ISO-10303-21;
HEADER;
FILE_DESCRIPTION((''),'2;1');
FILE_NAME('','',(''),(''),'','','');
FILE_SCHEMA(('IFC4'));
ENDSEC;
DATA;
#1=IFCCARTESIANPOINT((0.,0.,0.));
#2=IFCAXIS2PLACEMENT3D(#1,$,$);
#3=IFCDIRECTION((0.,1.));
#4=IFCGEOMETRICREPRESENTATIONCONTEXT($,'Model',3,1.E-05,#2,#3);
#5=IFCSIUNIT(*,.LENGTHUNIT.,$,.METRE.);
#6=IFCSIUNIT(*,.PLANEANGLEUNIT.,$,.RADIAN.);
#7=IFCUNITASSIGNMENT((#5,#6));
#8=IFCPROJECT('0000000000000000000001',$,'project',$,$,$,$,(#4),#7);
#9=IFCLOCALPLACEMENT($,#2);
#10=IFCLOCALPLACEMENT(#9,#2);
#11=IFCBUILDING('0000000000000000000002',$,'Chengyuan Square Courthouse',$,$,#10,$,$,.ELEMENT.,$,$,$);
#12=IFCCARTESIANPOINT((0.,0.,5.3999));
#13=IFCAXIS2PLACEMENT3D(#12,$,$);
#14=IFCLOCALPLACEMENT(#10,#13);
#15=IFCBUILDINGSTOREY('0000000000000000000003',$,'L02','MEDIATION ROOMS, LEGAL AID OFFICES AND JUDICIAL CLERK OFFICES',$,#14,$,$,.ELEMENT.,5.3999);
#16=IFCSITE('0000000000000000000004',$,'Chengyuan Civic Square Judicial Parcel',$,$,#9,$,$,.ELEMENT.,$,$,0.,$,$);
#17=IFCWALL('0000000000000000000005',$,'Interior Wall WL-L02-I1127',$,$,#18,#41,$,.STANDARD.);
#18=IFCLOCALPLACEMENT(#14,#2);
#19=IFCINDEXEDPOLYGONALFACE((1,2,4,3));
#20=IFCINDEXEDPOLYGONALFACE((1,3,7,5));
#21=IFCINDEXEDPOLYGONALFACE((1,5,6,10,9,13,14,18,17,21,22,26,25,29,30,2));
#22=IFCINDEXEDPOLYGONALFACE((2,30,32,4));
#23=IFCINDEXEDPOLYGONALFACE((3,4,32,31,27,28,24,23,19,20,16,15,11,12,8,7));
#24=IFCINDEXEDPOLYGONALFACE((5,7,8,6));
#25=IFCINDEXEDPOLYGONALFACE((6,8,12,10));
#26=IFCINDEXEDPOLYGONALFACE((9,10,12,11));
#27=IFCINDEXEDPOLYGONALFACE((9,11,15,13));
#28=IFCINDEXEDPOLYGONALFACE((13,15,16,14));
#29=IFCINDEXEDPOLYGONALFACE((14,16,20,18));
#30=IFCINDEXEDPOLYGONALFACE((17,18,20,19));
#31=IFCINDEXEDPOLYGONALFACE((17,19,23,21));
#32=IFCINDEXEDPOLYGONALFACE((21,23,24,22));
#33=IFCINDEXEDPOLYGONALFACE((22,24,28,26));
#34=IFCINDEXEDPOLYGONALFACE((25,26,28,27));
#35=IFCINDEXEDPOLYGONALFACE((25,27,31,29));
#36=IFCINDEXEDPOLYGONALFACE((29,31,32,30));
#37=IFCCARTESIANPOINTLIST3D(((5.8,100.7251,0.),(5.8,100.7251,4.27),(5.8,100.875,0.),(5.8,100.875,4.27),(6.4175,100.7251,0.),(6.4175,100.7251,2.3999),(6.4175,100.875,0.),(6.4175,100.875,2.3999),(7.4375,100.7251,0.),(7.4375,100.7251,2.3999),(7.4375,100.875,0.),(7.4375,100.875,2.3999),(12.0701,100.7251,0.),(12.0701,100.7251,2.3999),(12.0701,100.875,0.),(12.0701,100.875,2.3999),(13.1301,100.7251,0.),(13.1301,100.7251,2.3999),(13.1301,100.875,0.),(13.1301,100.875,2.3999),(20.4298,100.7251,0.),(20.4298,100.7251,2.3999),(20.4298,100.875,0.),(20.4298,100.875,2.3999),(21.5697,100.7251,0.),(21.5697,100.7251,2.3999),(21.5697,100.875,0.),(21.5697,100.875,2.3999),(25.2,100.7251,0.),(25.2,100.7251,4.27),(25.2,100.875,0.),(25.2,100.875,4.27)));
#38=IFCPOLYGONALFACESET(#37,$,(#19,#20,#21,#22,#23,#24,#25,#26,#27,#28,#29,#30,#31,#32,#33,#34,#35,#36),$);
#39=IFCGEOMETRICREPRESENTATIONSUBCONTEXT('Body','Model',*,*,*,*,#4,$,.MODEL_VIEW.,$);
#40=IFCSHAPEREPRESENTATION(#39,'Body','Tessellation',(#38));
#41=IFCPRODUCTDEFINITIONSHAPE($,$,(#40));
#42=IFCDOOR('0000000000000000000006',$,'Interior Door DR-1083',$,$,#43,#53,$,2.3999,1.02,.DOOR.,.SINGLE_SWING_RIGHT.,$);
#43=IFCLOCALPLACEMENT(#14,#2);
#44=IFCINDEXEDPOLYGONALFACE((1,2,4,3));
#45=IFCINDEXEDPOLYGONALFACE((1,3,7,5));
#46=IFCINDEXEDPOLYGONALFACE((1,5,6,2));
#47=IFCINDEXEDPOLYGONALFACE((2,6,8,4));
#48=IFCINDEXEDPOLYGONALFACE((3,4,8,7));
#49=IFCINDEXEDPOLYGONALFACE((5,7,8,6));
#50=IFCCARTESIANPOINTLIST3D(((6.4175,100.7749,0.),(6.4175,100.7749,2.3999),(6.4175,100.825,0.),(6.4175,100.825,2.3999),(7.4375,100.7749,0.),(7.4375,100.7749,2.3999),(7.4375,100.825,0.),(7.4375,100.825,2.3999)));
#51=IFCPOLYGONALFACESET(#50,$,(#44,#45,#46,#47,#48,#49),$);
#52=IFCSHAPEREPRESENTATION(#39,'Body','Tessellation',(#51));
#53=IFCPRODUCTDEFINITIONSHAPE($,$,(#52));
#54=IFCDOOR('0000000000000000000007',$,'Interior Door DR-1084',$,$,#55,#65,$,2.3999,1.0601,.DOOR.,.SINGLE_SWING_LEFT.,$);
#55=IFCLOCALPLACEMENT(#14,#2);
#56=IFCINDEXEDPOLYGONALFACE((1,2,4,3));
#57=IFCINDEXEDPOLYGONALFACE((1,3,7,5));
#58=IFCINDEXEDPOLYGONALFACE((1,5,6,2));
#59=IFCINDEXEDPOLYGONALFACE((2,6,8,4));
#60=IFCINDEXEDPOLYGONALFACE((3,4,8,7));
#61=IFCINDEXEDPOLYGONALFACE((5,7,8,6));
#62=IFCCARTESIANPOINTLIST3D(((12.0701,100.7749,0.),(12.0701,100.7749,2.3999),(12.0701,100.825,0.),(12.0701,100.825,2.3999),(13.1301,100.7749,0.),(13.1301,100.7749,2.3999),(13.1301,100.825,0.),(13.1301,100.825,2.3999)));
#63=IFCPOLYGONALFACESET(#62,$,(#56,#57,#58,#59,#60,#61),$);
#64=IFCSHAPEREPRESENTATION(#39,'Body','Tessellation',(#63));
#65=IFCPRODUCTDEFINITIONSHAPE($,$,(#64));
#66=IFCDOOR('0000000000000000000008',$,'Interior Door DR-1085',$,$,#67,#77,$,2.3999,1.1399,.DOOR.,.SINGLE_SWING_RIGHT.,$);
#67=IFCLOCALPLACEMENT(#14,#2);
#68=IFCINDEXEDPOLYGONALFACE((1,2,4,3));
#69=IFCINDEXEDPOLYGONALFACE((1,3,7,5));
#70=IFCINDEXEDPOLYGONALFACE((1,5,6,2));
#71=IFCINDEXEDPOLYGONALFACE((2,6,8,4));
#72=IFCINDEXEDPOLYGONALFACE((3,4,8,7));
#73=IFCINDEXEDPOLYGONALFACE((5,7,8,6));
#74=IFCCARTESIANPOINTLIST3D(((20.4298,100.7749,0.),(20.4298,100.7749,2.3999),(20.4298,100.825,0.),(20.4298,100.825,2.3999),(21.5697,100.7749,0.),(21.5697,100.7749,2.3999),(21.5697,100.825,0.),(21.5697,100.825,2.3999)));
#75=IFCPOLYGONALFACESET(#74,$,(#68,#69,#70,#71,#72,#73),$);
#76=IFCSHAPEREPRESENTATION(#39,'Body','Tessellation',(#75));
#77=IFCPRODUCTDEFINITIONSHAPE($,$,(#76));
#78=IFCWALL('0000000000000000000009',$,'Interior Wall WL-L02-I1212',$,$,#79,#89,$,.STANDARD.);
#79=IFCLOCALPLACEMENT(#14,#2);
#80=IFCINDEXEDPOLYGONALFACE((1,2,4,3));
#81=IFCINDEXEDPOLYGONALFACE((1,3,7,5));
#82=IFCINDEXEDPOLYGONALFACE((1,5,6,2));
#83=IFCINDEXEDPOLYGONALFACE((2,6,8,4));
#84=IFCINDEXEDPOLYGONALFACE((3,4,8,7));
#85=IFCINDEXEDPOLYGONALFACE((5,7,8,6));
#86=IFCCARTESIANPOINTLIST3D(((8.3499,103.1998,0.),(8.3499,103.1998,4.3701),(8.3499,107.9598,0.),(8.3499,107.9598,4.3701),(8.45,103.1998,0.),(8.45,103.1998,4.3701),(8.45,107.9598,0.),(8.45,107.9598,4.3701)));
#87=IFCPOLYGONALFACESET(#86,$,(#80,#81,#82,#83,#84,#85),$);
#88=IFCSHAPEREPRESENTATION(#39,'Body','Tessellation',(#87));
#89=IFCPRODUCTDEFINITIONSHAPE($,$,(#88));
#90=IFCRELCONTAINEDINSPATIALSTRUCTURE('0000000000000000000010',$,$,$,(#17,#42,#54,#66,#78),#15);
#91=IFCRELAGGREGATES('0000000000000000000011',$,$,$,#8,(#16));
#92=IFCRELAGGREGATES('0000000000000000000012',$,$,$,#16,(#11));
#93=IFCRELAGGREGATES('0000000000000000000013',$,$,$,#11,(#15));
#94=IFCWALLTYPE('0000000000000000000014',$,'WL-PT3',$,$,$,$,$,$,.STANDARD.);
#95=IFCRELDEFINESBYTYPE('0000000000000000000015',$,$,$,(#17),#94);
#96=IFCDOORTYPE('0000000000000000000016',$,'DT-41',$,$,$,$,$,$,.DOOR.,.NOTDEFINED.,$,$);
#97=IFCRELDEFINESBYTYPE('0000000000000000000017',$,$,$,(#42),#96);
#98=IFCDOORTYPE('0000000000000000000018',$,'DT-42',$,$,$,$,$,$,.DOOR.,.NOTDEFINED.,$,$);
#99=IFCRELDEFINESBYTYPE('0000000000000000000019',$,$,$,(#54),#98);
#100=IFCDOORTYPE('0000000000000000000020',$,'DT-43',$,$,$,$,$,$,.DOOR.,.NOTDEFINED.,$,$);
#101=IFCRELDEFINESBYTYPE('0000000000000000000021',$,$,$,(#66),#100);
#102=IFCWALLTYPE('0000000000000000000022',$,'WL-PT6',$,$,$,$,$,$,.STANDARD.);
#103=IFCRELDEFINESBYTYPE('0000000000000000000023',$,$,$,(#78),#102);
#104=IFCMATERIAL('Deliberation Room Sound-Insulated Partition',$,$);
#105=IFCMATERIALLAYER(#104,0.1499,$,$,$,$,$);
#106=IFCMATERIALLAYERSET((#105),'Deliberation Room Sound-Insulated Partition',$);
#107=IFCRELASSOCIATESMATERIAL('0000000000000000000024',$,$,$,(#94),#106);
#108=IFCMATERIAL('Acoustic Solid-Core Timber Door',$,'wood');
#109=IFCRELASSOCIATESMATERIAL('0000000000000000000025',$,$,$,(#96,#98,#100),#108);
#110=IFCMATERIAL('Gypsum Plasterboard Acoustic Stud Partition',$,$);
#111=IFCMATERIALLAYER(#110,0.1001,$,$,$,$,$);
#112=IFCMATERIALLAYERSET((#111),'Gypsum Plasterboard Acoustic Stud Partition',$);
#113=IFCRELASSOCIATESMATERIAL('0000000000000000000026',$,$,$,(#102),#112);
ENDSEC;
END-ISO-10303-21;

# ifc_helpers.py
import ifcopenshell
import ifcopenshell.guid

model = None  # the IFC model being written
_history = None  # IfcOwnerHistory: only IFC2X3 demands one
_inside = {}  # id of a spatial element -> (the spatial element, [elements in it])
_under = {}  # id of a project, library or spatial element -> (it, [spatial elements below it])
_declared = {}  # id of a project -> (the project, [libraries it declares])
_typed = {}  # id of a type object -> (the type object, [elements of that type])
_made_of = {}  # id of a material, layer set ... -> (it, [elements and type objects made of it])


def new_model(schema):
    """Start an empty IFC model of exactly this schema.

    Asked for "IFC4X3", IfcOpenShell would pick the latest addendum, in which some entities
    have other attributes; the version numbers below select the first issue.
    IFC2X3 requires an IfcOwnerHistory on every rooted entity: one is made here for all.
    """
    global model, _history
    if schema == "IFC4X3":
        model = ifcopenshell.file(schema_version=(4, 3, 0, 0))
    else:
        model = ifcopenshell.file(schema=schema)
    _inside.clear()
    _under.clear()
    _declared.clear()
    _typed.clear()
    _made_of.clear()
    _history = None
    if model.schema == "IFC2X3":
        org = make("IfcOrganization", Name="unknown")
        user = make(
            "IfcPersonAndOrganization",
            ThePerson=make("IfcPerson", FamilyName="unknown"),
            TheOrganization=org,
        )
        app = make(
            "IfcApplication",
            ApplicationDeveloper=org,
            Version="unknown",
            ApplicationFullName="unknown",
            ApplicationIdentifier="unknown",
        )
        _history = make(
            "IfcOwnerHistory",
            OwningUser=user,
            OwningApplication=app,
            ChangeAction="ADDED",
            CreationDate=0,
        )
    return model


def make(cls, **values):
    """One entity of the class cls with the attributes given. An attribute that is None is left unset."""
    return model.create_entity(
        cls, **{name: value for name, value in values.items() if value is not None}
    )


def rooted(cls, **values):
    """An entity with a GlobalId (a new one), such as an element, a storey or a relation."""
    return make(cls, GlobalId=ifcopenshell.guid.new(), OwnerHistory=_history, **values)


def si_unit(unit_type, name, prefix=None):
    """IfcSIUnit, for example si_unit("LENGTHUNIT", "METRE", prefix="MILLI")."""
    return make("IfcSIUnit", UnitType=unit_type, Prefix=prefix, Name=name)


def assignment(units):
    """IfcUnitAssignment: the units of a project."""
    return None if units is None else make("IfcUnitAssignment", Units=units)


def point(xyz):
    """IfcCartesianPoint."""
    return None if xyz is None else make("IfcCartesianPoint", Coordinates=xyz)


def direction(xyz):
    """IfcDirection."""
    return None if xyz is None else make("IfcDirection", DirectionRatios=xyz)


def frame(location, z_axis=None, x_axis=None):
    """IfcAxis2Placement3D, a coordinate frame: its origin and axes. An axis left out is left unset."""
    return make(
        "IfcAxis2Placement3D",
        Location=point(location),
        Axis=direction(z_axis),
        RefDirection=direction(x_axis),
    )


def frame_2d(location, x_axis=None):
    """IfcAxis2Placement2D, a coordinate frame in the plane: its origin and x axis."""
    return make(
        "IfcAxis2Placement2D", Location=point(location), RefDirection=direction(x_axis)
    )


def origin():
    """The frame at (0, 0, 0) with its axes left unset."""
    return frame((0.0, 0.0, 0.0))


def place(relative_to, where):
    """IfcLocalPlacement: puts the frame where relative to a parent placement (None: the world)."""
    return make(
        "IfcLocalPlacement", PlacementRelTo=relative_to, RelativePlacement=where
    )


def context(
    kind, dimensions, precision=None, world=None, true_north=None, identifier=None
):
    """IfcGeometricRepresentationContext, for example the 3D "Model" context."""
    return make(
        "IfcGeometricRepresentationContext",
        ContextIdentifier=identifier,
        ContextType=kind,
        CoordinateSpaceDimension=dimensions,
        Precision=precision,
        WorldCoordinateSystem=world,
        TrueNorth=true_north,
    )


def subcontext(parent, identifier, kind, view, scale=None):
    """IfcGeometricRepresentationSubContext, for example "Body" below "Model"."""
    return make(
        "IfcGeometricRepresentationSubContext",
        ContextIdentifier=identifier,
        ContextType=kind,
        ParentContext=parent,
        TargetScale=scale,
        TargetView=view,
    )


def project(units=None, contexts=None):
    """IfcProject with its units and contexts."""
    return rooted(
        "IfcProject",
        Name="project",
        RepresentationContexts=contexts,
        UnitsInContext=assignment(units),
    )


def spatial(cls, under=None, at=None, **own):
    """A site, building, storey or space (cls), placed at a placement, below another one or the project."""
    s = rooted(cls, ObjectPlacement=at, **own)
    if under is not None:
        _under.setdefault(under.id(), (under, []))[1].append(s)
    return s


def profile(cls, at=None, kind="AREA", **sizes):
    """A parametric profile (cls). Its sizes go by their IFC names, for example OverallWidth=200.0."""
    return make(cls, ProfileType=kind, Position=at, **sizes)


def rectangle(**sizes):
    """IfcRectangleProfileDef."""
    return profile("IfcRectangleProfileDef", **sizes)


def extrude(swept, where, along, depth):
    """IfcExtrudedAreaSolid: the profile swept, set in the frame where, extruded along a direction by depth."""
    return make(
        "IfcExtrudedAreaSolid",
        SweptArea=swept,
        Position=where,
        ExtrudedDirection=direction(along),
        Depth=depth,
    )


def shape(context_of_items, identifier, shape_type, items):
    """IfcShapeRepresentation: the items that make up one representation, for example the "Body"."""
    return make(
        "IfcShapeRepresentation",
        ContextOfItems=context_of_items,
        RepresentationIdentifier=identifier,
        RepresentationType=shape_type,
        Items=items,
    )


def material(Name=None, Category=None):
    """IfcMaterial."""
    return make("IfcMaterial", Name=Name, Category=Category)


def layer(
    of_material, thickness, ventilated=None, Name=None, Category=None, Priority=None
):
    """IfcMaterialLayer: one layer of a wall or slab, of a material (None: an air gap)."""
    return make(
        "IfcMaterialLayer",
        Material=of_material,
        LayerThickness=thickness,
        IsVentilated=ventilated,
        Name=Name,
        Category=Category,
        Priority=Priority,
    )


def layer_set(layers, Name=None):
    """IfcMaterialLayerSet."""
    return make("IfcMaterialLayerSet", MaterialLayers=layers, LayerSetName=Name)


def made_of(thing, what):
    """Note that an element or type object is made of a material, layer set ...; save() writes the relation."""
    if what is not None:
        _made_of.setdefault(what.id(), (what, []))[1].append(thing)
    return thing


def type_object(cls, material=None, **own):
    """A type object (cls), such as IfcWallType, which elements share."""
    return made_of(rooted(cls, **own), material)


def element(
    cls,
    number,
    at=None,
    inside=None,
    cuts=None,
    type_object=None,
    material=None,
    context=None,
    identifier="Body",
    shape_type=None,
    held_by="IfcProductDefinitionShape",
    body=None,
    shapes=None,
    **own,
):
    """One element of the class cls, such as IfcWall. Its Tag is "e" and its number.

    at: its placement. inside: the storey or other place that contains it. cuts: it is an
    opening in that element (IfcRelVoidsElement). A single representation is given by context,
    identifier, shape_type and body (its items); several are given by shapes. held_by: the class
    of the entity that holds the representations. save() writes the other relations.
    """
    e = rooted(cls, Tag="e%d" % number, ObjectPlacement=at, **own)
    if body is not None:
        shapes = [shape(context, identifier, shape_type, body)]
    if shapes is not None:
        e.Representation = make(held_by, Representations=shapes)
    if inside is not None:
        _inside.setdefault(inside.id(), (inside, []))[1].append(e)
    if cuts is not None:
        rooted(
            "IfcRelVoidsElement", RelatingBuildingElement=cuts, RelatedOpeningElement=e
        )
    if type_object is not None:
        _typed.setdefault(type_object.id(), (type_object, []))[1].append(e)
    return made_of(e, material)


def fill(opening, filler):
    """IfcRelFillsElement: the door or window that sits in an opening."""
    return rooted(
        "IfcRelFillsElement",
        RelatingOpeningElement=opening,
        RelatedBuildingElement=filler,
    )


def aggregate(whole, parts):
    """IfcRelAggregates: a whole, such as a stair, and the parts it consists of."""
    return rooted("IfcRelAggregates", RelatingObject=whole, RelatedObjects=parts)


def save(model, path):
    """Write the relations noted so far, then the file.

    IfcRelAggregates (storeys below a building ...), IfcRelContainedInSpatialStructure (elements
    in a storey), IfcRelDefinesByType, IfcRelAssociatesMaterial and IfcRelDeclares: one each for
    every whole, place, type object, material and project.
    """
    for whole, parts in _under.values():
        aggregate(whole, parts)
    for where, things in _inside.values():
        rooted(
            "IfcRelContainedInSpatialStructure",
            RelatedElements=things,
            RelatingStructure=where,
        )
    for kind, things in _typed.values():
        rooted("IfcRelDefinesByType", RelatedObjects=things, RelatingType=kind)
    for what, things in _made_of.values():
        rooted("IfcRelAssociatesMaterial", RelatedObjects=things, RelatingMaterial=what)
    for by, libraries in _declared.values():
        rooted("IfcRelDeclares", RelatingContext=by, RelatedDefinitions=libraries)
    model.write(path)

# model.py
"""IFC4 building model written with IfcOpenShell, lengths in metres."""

from ifc_helpers import new_model, si_unit, direction, frame, frame_2d, origin, place, context, subcontext, project, spatial, rectangle, extrude, material, layer, layer_set, type_object, element, fill, save


model = new_model("IFC4")

# Units and contexts
model_context = context("Model", 3, precision=1e-05, world=origin(), true_north=direction((0.0, 1.0)))
body_context = subcontext(model_context, "Body", "Model", "MODEL_VIEW")
ifc_project = project(units=[si_unit("LENGTHUNIT", "METRE"), si_unit("PLANEANGLEUNIT", "RADIAN")], contexts=[model_context])

# Site, building, storey
site_placement = place(None, origin())
site = spatial("IfcSite", under=ifc_project, at=site_placement, Name="Chengyuan Civic Square Judicial Parcel", CompositionType="ELEMENT", RefElevation=0.0)
building_placement = place(site_placement, origin())
building = spatial("IfcBuilding", under=site, at=building_placement, Name="Chengyuan Square Courthouse", CompositionType="ELEMENT")
storey_placement = place(building_placement, frame((0.0, 0.0, 5.3999)))
storey = spatial("IfcBuildingStorey", under=building, at=storey_placement, Name="L02", Description="MEDIATION ROOMS, LEGAL AID OFFICES AND JUDICIAL CLERK OFFICES", CompositionType="ELEMENT", Elevation=5.3999)

# Wall, openings, doors
ifc_material_1 = material(Name="Deliberation Room Sound-Insulated Partition")
ifc_layer_1 = layer(ifc_material_1, 0.1499)
ifc_layer_set_1 = layer_set([ifc_layer_1], Name="Deliberation Room Sound-Insulated Partition")
wall_type_1 = type_object("IfcWallType", Name="WL-PT3", PredefinedType="STANDARD", material=ifc_layer_set_1)
wall_1_placement = place(storey_placement, frame((5.8, 100.8, 0.0), z_axis=(0.0, 0.0, 1.0), x_axis=(1.0, 0.0, 0.0)))
wall_1 = element("IfcWall", 1, at=wall_1_placement, inside=storey, type_object=wall_type_1, Name="Interior Wall WL-L02-I1127", PredefinedType="STANDARD", context=body_context, shape_type="SweptSolid", body=[
    extrude(rectangle(XDim=19.3999, YDim=0.1499, at=frame_2d((9.7, 0.0))), origin(), (0.0, 0.0, 1.0), 4.27),
])
opening_1_placement = place(wall_1_placement, frame((0.6174, 0.0, 0.0)))
opening_1 = element("IfcOpeningElement", 2, at=opening_1_placement, cuts=wall_1, PredefinedType="OPENING", context=body_context, shape_type="SweptSolid", body=[
    extrude(rectangle(XDim=1.02, YDim=2.3999, at=frame_2d((0.51, 1.2))), frame((0.0, 0.0869, 0.0), z_axis=(0.0, -1.0, 0.0), x_axis=(1.0, 0.0, 0.0)), (0.0, 0.0, 1.0), 0.1738),
])
opening_2_placement = place(wall_1_placement, frame((6.27, 0.0, 0.0)))
opening_2 = element("IfcOpeningElement", 3, at=opening_2_placement, cuts=wall_1, PredefinedType="OPENING", context=body_context, shape_type="SweptSolid", body=[
    extrude(rectangle(XDim=1.0601, YDim=2.3999, at=frame_2d((0.53, 1.2))), frame((0.0, 0.0869, 0.0), z_axis=(0.0, -1.0, 0.0), x_axis=(1.0, 0.0, 0.0)), (0.0, 0.0, 1.0), 0.1738),
])
opening_3_placement = place(wall_1_placement, frame((14.6299, 0.0, 0.0)))
opening_3 = element("IfcOpeningElement", 4, at=opening_3_placement, cuts=wall_1, PredefinedType="OPENING", context=body_context, shape_type="SweptSolid", body=[
    extrude(rectangle(XDim=1.1399, YDim=2.3999, at=frame_2d((0.5698, 1.2))), frame((0.0, 0.0869, 0.0), z_axis=(0.0, -1.0, 0.0), x_axis=(1.0, 0.0, 0.0)), (0.0, 0.0, 1.0), 0.1738),
])
ifc_material_2 = material(Name="Acoustic Solid-Core Timber Door", Category="wood")
door_type_1 = type_object("IfcDoorType", Name="DT-41", OperationType="NOTDEFINED", PredefinedType="DOOR", material=ifc_material_2)
door_1_placement = place(opening_1_placement, origin())
door_1 = element("IfcDoor", 5, at=door_1_placement, inside=storey, type_object=door_type_1, Name="Interior Door DR-1083", OperationType="SINGLE_SWING_RIGHT", OverallHeight=2.3999, OverallWidth=1.02, PredefinedType="DOOR", context=body_context, shape_type="SweptSolid", body=[
    extrude(rectangle(XDim=1.02, YDim=2.3999, at=frame_2d((0.51, 1.2))), frame((0.0, 0.0249, 0.0), z_axis=(0.0, -1.0, 0.0), x_axis=(1.0, 0.0, 0.0)), (0.0, 0.0, 1.0), 0.05),
])
fill(opening_1, door_1)
door_type_2 = type_object("IfcDoorType", Name="DT-42", OperationType="NOTDEFINED", PredefinedType="DOOR", material=ifc_material_2)
door_2_placement = place(opening_2_placement, origin())
door_2 = element("IfcDoor", 6, at=door_2_placement, inside=storey, type_object=door_type_2, Name="Interior Door DR-1084", OperationType="SINGLE_SWING_LEFT", OverallHeight=2.3999, OverallWidth=1.0601, PredefinedType="DOOR", context=body_context, shape_type="SweptSolid", body=[
    extrude(rectangle(XDim=1.0601, YDim=2.3999, at=frame_2d((0.53, 1.2))), frame((0.0, 0.0249, 0.0), z_axis=(0.0, -1.0, 0.0), x_axis=(1.0, 0.0, 0.0)), (0.0, 0.0, 1.0), 0.05),
])
fill(opening_2, door_2)
door_type_3 = type_object("IfcDoorType", Name="DT-43", OperationType="NOTDEFINED", PredefinedType="DOOR", material=ifc_material_2)
door_3_placement = place(opening_3_placement, origin())
door_3 = element("IfcDoor", 7, at=door_3_placement, inside=storey, type_object=door_type_3, Name="Interior Door DR-1085", OperationType="SINGLE_SWING_RIGHT", OverallHeight=2.3999, OverallWidth=1.1399, PredefinedType="DOOR", context=body_context, shape_type="SweptSolid", body=[
    extrude(rectangle(XDim=1.1399, YDim=2.3999, at=frame_2d((0.5698, 1.2))), frame((0.0, 0.0249, 0.0), z_axis=(0.0, -1.0, 0.0), x_axis=(1.0, 0.0, 0.0)), (0.0, 0.0, 1.0), 0.05),
])
fill(opening_3, door_3)

# Wall
ifc_material_3 = material(Name="Gypsum Plasterboard Acoustic Stud Partition")
ifc_layer_2 = layer(ifc_material_3, 0.1001)
ifc_layer_set_2 = layer_set([ifc_layer_2], Name="Gypsum Plasterboard Acoustic Stud Partition")
wall_type_2 = type_object("IfcWallType", Name="WL-PT6", PredefinedType="STANDARD", material=ifc_layer_set_2)
wall_2_placement = place(storey_placement, frame((8.3999, 103.2, 0.0), z_axis=(0.0, 0.0, 1.0), x_axis=(0.0, 1.0, 0.0)))
element("IfcWall", 8, at=wall_2_placement, inside=storey, type_object=wall_type_2, Name="Interior Wall WL-L02-I1212", PredefinedType="STANDARD", context=body_context, shape_type="SweptSolid", body=[
    extrude(rectangle(XDim=4.76, YDim=0.1001, at=frame_2d((2.3799, 0.0))), origin(), (0.0, 0.0, 1.0), 4.3701),
])

save(model, "model.ifc")
